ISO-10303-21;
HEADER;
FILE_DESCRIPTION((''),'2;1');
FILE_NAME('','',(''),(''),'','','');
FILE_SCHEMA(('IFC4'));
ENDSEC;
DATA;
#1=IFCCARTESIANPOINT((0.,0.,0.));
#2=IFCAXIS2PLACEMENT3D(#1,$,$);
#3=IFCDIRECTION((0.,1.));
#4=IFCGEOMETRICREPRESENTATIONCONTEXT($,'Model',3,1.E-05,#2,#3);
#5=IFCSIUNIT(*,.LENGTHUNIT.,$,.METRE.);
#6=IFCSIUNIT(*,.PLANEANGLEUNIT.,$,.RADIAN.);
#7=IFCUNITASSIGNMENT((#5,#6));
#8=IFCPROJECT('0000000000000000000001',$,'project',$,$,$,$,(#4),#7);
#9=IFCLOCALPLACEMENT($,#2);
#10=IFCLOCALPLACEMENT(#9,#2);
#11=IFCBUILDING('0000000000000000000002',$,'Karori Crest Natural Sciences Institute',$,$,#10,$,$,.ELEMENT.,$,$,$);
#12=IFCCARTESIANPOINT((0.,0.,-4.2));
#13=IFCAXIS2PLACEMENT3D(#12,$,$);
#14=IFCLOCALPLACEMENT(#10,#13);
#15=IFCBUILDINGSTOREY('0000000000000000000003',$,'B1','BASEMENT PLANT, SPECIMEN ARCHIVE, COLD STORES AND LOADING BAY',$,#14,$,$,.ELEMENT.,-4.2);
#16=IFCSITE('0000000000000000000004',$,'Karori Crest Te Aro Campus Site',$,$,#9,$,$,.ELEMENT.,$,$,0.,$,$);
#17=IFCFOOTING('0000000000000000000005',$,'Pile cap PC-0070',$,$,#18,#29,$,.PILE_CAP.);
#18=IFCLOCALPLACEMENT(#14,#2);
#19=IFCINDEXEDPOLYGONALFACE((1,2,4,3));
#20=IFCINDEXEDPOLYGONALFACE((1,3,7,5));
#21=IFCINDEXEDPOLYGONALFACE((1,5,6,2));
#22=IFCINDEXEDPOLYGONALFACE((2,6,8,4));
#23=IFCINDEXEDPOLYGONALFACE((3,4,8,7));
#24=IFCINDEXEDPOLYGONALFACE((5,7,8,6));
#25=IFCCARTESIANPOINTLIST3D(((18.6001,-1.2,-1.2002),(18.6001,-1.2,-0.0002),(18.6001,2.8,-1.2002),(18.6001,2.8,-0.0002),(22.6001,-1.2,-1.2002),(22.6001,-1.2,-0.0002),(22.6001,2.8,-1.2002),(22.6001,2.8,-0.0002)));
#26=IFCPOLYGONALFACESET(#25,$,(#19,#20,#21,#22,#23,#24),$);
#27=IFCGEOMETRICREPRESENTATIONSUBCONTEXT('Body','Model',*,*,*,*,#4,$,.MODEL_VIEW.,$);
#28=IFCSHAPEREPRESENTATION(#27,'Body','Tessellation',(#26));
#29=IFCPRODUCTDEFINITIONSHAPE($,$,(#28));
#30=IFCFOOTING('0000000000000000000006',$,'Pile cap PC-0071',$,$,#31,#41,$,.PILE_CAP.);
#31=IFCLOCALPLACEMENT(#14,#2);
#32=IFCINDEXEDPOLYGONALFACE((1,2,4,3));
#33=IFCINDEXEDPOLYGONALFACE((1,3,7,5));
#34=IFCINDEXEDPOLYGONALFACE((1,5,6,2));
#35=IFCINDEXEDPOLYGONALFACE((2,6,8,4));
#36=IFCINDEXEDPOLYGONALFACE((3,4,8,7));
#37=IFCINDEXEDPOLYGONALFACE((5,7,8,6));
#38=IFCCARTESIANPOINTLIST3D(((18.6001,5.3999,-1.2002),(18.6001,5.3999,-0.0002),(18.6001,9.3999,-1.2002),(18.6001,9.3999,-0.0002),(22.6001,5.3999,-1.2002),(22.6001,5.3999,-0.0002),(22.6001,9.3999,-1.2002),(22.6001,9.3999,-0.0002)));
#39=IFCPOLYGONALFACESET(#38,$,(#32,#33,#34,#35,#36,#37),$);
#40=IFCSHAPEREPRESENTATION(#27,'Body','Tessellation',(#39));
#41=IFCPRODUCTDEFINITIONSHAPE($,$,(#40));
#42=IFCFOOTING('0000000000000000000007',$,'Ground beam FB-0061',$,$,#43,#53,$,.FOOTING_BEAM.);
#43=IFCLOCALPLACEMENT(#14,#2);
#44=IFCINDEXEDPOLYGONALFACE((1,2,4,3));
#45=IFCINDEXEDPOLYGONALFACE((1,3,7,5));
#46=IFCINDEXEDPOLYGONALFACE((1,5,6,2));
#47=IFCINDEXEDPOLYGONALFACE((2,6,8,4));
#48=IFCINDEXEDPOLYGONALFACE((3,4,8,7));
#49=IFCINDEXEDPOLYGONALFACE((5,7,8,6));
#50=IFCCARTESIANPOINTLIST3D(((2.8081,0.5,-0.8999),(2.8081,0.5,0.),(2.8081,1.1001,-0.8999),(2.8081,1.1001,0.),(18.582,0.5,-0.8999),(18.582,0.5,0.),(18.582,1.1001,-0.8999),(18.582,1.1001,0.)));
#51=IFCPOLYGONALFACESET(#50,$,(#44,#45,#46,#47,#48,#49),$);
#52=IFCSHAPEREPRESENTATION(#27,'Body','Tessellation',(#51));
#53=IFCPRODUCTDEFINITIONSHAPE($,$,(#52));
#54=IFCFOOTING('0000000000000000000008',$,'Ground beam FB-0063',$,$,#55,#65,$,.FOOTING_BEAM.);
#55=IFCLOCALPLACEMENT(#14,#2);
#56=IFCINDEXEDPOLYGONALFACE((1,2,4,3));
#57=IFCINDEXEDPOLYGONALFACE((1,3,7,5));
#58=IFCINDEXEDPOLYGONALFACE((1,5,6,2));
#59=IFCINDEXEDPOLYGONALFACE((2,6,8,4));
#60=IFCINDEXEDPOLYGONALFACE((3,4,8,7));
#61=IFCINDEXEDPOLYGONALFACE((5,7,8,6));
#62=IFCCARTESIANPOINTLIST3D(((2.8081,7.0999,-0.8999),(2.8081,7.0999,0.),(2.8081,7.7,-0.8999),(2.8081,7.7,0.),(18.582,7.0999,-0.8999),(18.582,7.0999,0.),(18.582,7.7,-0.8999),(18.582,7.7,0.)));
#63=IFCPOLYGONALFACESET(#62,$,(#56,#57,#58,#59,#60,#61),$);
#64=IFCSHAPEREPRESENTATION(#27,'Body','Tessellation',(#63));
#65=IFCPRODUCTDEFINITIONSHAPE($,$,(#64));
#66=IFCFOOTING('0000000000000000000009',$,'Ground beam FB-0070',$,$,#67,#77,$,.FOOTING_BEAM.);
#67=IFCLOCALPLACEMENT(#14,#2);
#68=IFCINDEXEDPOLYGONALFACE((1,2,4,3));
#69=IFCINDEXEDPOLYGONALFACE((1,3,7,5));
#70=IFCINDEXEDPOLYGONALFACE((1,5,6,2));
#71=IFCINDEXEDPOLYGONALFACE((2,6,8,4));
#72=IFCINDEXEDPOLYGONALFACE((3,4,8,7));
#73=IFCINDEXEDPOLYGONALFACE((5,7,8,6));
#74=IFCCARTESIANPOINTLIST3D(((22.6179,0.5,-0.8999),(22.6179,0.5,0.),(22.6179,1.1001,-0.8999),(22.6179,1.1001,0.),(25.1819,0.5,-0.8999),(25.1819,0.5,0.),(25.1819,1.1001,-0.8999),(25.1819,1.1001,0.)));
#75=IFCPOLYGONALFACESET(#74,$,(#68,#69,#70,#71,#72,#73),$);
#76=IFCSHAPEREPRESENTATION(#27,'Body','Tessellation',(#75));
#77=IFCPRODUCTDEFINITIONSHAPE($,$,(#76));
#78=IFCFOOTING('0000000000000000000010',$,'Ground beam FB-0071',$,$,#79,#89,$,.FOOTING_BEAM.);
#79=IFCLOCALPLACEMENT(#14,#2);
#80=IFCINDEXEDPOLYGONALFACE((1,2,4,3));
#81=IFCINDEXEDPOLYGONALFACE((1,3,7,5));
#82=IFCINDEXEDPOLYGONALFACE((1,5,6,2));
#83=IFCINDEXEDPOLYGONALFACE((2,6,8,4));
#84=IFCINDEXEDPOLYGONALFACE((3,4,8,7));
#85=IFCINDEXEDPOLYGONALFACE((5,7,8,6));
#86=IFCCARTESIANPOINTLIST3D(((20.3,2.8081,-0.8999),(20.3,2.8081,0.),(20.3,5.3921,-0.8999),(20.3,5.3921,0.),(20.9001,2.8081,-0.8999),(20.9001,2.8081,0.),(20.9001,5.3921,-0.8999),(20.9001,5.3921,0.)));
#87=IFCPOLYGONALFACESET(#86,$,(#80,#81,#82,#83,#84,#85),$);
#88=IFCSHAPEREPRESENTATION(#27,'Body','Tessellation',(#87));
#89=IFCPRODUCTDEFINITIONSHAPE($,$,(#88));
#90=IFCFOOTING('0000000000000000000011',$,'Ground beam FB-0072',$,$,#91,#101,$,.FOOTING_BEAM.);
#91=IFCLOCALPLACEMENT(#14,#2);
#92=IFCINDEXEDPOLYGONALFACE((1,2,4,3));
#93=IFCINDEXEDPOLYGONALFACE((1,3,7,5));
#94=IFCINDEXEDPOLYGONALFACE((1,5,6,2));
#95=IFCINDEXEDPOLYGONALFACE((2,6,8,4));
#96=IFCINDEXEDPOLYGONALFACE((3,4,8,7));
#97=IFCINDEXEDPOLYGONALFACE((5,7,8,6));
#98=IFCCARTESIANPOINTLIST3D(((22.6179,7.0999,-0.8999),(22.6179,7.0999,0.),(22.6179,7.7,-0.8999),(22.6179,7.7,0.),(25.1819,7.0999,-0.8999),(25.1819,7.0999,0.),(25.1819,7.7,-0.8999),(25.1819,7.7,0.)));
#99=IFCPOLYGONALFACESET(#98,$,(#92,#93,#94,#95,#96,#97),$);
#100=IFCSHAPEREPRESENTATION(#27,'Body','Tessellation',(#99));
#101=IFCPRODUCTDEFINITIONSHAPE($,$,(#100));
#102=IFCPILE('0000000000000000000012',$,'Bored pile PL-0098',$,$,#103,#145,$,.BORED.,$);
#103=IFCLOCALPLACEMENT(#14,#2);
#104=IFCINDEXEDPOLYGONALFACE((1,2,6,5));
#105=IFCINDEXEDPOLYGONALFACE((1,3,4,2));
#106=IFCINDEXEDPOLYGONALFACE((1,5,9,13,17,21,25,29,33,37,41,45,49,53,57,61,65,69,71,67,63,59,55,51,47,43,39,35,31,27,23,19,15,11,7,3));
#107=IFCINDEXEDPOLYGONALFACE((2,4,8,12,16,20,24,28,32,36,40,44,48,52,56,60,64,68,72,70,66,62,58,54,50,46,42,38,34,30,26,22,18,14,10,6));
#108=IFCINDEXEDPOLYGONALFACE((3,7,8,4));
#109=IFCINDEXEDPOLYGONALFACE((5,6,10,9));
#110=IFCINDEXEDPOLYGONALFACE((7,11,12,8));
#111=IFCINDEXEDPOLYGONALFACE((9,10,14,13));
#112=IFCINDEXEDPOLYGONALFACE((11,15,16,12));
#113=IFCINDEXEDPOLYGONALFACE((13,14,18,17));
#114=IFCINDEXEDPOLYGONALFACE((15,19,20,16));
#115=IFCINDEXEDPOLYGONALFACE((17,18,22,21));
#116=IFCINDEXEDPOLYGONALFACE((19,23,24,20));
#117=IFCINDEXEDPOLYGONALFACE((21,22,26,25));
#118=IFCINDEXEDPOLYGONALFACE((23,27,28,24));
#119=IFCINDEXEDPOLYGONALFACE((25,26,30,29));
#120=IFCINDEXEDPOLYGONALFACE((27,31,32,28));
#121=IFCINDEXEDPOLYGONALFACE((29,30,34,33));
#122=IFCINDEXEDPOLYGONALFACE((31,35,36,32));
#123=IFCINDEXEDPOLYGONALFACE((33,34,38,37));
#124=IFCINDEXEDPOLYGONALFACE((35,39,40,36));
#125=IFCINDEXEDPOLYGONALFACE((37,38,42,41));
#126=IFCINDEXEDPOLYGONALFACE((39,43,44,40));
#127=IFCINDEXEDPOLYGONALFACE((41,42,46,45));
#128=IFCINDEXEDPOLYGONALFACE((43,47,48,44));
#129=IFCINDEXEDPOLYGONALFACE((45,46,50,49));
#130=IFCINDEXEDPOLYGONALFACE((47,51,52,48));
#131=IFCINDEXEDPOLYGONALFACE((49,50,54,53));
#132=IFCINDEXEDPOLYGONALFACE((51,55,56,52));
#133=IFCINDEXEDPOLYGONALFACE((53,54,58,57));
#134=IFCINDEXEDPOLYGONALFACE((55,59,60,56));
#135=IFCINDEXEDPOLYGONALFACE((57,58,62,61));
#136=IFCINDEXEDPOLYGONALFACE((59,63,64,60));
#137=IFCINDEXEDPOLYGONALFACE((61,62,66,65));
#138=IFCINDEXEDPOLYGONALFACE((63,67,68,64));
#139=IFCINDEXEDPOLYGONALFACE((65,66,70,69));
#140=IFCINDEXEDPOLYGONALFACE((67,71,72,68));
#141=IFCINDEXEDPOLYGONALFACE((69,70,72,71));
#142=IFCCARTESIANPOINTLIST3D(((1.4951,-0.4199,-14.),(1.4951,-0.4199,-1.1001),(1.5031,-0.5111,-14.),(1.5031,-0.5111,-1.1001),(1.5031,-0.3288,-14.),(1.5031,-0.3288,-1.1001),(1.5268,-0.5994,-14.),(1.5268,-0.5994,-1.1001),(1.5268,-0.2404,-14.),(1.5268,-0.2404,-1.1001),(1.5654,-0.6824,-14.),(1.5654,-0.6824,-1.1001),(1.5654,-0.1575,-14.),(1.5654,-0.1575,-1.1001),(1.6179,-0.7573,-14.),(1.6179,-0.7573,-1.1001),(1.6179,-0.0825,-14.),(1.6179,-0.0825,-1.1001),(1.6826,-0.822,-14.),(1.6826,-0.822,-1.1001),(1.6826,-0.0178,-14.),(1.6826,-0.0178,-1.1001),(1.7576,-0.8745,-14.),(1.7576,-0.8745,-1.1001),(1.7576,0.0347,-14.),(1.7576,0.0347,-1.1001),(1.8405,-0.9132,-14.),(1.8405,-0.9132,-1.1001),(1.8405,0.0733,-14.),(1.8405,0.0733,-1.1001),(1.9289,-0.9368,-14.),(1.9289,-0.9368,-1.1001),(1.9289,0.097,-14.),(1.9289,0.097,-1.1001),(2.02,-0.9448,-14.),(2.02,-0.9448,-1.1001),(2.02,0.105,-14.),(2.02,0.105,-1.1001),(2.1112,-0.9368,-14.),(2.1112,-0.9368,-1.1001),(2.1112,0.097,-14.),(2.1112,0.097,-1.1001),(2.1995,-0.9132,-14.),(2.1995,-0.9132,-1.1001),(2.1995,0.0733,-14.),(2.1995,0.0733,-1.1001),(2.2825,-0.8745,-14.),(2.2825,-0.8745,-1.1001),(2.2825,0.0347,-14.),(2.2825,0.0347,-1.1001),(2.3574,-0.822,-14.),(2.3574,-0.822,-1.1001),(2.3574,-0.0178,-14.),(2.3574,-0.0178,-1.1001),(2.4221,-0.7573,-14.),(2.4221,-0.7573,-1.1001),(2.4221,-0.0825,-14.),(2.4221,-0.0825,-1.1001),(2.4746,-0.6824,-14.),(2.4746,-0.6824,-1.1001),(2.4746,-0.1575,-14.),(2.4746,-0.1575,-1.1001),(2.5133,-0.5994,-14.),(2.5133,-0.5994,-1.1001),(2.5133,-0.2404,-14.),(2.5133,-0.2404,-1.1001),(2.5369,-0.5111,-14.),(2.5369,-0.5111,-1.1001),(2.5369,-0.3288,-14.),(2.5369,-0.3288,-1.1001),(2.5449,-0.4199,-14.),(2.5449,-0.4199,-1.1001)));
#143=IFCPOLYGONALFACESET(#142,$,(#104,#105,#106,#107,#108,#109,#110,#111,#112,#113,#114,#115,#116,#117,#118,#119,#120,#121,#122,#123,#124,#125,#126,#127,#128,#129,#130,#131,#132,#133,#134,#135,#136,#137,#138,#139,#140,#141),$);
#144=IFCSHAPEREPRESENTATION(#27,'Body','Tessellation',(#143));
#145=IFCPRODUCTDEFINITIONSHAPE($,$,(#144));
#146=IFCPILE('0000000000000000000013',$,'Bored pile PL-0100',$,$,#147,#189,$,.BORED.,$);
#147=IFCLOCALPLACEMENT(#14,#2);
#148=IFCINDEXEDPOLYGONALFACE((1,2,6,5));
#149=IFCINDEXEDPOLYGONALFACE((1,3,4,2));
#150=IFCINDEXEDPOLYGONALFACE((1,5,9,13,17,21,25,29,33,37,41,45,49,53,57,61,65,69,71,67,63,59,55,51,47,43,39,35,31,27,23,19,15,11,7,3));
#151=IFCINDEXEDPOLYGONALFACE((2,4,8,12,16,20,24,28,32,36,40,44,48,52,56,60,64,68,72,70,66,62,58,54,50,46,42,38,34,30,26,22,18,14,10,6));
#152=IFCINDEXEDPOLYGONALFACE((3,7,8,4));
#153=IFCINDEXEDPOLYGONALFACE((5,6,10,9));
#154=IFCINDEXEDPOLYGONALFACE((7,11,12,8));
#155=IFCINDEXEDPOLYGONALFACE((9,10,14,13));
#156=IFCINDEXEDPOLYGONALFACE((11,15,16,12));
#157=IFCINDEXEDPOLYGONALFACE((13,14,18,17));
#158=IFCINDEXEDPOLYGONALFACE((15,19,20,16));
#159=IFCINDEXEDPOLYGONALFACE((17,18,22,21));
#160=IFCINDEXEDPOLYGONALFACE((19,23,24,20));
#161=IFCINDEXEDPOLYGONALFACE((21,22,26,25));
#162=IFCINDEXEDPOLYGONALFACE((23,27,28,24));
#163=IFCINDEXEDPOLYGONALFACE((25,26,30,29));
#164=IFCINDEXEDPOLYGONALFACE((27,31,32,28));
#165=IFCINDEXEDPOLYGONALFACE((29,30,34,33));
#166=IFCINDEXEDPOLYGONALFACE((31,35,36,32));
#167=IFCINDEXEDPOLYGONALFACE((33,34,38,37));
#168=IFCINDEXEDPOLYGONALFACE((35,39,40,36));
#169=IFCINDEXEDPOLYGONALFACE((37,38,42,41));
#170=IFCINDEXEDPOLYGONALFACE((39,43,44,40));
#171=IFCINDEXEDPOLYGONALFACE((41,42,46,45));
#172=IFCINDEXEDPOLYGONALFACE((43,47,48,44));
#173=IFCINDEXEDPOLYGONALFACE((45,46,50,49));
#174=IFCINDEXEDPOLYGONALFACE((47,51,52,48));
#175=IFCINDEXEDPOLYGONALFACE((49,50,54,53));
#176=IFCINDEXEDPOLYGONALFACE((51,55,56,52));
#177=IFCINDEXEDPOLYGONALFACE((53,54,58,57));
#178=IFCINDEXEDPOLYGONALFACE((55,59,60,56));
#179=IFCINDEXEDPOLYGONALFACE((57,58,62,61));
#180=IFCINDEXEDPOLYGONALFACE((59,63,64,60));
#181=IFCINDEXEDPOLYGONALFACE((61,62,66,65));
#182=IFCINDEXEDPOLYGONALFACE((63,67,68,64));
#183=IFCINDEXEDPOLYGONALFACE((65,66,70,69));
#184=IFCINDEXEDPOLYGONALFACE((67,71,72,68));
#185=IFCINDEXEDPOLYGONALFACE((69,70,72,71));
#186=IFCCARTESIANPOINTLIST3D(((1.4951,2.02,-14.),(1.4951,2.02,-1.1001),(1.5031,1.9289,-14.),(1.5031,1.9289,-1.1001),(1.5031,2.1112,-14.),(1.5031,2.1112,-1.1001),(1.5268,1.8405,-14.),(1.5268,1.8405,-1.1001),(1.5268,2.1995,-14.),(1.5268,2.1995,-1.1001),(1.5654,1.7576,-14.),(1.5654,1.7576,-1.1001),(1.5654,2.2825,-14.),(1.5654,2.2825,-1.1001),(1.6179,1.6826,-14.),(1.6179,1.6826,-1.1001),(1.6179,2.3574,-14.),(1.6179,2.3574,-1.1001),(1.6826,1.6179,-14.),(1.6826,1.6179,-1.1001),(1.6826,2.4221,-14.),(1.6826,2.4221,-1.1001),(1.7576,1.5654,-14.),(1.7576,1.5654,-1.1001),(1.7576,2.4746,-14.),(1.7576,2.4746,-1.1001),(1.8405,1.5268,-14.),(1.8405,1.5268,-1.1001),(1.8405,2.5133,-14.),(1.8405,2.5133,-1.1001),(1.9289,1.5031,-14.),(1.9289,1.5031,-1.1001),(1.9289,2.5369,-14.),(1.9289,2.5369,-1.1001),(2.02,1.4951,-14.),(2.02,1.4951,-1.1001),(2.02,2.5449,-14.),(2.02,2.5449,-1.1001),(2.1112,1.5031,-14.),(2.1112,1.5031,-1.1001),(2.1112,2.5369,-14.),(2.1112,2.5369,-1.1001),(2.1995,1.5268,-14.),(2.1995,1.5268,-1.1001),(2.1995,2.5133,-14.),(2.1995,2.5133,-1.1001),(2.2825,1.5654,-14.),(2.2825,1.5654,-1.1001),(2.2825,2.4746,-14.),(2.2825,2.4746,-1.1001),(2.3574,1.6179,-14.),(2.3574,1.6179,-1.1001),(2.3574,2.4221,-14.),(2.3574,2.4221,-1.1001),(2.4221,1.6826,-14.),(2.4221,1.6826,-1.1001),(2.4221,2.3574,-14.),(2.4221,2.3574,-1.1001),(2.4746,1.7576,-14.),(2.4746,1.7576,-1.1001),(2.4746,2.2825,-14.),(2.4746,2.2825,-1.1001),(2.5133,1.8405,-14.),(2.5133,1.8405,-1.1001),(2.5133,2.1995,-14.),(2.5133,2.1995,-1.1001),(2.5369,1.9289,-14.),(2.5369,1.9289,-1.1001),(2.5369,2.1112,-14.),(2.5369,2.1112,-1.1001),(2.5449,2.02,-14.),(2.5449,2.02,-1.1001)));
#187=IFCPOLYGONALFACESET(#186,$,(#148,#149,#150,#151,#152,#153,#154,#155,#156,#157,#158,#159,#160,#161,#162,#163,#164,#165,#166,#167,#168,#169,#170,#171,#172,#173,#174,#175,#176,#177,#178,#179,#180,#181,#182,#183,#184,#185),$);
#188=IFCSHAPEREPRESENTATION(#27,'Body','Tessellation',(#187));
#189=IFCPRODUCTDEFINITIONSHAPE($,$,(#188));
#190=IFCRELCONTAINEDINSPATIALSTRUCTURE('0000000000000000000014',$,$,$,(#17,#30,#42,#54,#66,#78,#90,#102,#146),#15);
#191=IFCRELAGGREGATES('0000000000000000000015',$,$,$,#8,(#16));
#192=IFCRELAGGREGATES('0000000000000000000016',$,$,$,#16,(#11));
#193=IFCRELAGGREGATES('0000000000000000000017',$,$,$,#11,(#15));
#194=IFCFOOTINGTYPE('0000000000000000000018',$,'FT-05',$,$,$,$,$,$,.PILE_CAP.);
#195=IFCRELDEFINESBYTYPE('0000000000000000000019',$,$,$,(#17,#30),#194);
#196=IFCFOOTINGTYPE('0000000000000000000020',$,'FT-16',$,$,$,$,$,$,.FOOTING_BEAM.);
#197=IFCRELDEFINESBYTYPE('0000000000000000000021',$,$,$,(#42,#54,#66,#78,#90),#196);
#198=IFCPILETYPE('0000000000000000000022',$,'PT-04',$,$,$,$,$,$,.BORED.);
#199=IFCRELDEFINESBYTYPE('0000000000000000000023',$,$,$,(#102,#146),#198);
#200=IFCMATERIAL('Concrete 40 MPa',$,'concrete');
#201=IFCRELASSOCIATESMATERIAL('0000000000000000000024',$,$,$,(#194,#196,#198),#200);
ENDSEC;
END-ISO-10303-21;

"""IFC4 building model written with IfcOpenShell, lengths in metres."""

from ifc_helpers import new_model, si_unit, direction, frame, origin, origin_2d, place, context, subcontext, project, spatial, rectangle, circle, extrude, material, material_profile, profile_set, type_object, element, save


model = new_model("IFC4")

# Units and contexts
model_context = context("Model", 3, precision=1e-05, world=origin(), true_north=direction((0.0, 1.0)))
body_context = subcontext(model_context, "Body", "Model", "MODEL_VIEW")
ifc_project = project(units=[si_unit("LENGTHUNIT", "METRE"), si_unit("PLANEANGLEUNIT", "RADIAN")], contexts=[model_context])

# Site, building, storey
site_placement = place(None, origin())
site = spatial("IfcSite", under=ifc_project, at=site_placement, Name="Karori Crest Te Aro Campus Site", CompositionType="ELEMENT", RefElevation=0.0)
building_placement = place(site_placement, origin())
building = spatial("IfcBuilding", under=site, at=building_placement, Name="Karori Crest Natural Sciences Institute", CompositionType="ELEMENT")
storey_placement = place(building_placement, frame((0.0, 0.0, -4.2)))
storey = spatial("IfcBuildingStorey", under=building, at=storey_placement, Name="B1", Description="BASEMENT PLANT, SPECIMEN ARCHIVE, COLD STORES AND LOADING BAY", CompositionType="ELEMENT", Elevation=-4.2)

# Footings
ifc_material_1 = material(Name="Concrete 40 MPa", Category="concrete")
footing_type_1 = type_object("IfcFootingType", Name="FT-05", PredefinedType="PILE_CAP", material=ifc_material_1)
for number, where, z_axis, x_axis, name in (
    (1, (20.6001, 0.8, -1.2002), (0.0, 0.0, 1.0), (1.0, 0.0, 0.0), "Pile cap PC-0070"),
    (2, (20.6001, 7.3999, -1.2002), (0.0, 0.0, 1.0), (1.0, 0.0, 0.0), "Pile cap PC-0071"),
):
    element("IfcFooting", number, at=place(storey_placement, frame(where, z_axis=z_axis, x_axis=x_axis)), inside=storey, type_object=footing_type_1, Name=name, PredefinedType="PILE_CAP", context=body_context, shape_type="SweptSolid", body=[
        extrude(rectangle(XDim=4.0, YDim=4.0, at=origin_2d()), origin(), (0.0, 0.0, 1.0), 1.2),
    ])
footing_type_2 = type_object("IfcFootingType", Name="FT-16", PredefinedType="FOOTING_BEAM", material=ifc_material_1)
for number, where, z_axis, x_axis, name in (
    (3, (10.6951, 0.8, -0.8999), (0.0, 0.0, 1.0), (1.0, 0.0, 0.0), "Ground beam FB-0061"),
    (4, (10.6951, 7.3999, -0.8999), (0.0, 0.0, 1.0), (1.0, 0.0, 0.0), "Ground beam FB-0063"),
):
    element("IfcFooting", number, at=place(storey_placement, frame(where, z_axis=z_axis, x_axis=x_axis)), inside=storey, type_object=footing_type_2, Name=name, PredefinedType="FOOTING_BEAM", context=body_context, shape_type="SweptSolid", body=[
        extrude(rectangle(XDim=15.7739, YDim=0.6001, at=origin_2d()), origin(), (0.0, 0.0, 1.0), 0.8999),
    ])
footing_1_placement = place(storey_placement, frame((23.8999, 0.8, -0.8999), z_axis=(0.0, 0.0, 1.0), x_axis=(1.0, 0.0, 0.0)))
element("IfcFooting", 5, at=footing_1_placement, inside=storey, type_object=footing_type_2, Name="Ground beam FB-0070", PredefinedType="FOOTING_BEAM", context=body_context, shape_type="SweptSolid", body=[
    extrude(rectangle(XDim=2.564, YDim=0.6001, at=origin_2d()), origin(), (0.0, 0.0, 1.0), 0.8999),
])
footing_2_placement = place(storey_placement, frame((20.6001, 4.1001, -0.8999), z_axis=(0.0, 0.0, 1.0), x_axis=(0.0, 1.0, 0.0)))
element("IfcFooting", 6, at=footing_2_placement, inside=storey, type_object=footing_type_2, Name="Ground beam FB-0071", PredefinedType="FOOTING_BEAM", context=body_context, shape_type="SweptSolid", body=[
    extrude(rectangle(XDim=2.584, YDim=0.6001, at=origin_2d()), origin(), (0.0, 0.0, 1.0), 0.8999),
])
footing_3_placement = place(storey_placement, frame((23.8999, 7.3999, -0.8999), z_axis=(0.0, 0.0, 1.0), x_axis=(1.0, 0.0, 0.0)))
element("IfcFooting", 7, at=footing_3_placement, inside=storey, type_object=footing_type_2, Name="Ground beam FB-0072", PredefinedType="FOOTING_BEAM", context=body_context, shape_type="SweptSolid", body=[
    extrude(rectangle(XDim=2.564, YDim=0.6001, at=origin_2d()), origin(), (0.0, 0.0, 1.0), 0.8999),
])

# Piles
ifc_material_profile_1 = material_profile(ifc_material_1, circle(Radius=0.5249, at=origin_2d()), Name="PILE1050")
ifc_profile_set_1 = profile_set([ifc_material_profile_1], Name="Concrete 40 MPa")
pile_type = type_object("IfcPileType", Name="PT-04", PredefinedType="BORED", material=ifc_profile_set_1)
for number, where, z_axis, x_axis, name in (
    (8, (2.02, -0.4199, -1.1001), (0.0, 0.0, -1.0), (1.0, 0.0, 0.0), "Bored pile PL-0098"),
    (9, (2.02, 2.02, -1.1001), (0.0, 0.0, -1.0), (1.0, 0.0, 0.0), "Bored pile PL-0100"),
):
    element("IfcPile", number, at=place(storey_placement, frame(where, z_axis=z_axis, x_axis=x_axis)), inside=storey, type_object=pile_type, Name=name, PredefinedType="BORED", context=body_context, shape_type="SweptSolid", body=[
        extrude(circle(Radius=0.5249, at=origin_2d()), origin(), (0.0, 0.0, 1.0), 12.8999),
    ])

save(model, "model.ifc")
